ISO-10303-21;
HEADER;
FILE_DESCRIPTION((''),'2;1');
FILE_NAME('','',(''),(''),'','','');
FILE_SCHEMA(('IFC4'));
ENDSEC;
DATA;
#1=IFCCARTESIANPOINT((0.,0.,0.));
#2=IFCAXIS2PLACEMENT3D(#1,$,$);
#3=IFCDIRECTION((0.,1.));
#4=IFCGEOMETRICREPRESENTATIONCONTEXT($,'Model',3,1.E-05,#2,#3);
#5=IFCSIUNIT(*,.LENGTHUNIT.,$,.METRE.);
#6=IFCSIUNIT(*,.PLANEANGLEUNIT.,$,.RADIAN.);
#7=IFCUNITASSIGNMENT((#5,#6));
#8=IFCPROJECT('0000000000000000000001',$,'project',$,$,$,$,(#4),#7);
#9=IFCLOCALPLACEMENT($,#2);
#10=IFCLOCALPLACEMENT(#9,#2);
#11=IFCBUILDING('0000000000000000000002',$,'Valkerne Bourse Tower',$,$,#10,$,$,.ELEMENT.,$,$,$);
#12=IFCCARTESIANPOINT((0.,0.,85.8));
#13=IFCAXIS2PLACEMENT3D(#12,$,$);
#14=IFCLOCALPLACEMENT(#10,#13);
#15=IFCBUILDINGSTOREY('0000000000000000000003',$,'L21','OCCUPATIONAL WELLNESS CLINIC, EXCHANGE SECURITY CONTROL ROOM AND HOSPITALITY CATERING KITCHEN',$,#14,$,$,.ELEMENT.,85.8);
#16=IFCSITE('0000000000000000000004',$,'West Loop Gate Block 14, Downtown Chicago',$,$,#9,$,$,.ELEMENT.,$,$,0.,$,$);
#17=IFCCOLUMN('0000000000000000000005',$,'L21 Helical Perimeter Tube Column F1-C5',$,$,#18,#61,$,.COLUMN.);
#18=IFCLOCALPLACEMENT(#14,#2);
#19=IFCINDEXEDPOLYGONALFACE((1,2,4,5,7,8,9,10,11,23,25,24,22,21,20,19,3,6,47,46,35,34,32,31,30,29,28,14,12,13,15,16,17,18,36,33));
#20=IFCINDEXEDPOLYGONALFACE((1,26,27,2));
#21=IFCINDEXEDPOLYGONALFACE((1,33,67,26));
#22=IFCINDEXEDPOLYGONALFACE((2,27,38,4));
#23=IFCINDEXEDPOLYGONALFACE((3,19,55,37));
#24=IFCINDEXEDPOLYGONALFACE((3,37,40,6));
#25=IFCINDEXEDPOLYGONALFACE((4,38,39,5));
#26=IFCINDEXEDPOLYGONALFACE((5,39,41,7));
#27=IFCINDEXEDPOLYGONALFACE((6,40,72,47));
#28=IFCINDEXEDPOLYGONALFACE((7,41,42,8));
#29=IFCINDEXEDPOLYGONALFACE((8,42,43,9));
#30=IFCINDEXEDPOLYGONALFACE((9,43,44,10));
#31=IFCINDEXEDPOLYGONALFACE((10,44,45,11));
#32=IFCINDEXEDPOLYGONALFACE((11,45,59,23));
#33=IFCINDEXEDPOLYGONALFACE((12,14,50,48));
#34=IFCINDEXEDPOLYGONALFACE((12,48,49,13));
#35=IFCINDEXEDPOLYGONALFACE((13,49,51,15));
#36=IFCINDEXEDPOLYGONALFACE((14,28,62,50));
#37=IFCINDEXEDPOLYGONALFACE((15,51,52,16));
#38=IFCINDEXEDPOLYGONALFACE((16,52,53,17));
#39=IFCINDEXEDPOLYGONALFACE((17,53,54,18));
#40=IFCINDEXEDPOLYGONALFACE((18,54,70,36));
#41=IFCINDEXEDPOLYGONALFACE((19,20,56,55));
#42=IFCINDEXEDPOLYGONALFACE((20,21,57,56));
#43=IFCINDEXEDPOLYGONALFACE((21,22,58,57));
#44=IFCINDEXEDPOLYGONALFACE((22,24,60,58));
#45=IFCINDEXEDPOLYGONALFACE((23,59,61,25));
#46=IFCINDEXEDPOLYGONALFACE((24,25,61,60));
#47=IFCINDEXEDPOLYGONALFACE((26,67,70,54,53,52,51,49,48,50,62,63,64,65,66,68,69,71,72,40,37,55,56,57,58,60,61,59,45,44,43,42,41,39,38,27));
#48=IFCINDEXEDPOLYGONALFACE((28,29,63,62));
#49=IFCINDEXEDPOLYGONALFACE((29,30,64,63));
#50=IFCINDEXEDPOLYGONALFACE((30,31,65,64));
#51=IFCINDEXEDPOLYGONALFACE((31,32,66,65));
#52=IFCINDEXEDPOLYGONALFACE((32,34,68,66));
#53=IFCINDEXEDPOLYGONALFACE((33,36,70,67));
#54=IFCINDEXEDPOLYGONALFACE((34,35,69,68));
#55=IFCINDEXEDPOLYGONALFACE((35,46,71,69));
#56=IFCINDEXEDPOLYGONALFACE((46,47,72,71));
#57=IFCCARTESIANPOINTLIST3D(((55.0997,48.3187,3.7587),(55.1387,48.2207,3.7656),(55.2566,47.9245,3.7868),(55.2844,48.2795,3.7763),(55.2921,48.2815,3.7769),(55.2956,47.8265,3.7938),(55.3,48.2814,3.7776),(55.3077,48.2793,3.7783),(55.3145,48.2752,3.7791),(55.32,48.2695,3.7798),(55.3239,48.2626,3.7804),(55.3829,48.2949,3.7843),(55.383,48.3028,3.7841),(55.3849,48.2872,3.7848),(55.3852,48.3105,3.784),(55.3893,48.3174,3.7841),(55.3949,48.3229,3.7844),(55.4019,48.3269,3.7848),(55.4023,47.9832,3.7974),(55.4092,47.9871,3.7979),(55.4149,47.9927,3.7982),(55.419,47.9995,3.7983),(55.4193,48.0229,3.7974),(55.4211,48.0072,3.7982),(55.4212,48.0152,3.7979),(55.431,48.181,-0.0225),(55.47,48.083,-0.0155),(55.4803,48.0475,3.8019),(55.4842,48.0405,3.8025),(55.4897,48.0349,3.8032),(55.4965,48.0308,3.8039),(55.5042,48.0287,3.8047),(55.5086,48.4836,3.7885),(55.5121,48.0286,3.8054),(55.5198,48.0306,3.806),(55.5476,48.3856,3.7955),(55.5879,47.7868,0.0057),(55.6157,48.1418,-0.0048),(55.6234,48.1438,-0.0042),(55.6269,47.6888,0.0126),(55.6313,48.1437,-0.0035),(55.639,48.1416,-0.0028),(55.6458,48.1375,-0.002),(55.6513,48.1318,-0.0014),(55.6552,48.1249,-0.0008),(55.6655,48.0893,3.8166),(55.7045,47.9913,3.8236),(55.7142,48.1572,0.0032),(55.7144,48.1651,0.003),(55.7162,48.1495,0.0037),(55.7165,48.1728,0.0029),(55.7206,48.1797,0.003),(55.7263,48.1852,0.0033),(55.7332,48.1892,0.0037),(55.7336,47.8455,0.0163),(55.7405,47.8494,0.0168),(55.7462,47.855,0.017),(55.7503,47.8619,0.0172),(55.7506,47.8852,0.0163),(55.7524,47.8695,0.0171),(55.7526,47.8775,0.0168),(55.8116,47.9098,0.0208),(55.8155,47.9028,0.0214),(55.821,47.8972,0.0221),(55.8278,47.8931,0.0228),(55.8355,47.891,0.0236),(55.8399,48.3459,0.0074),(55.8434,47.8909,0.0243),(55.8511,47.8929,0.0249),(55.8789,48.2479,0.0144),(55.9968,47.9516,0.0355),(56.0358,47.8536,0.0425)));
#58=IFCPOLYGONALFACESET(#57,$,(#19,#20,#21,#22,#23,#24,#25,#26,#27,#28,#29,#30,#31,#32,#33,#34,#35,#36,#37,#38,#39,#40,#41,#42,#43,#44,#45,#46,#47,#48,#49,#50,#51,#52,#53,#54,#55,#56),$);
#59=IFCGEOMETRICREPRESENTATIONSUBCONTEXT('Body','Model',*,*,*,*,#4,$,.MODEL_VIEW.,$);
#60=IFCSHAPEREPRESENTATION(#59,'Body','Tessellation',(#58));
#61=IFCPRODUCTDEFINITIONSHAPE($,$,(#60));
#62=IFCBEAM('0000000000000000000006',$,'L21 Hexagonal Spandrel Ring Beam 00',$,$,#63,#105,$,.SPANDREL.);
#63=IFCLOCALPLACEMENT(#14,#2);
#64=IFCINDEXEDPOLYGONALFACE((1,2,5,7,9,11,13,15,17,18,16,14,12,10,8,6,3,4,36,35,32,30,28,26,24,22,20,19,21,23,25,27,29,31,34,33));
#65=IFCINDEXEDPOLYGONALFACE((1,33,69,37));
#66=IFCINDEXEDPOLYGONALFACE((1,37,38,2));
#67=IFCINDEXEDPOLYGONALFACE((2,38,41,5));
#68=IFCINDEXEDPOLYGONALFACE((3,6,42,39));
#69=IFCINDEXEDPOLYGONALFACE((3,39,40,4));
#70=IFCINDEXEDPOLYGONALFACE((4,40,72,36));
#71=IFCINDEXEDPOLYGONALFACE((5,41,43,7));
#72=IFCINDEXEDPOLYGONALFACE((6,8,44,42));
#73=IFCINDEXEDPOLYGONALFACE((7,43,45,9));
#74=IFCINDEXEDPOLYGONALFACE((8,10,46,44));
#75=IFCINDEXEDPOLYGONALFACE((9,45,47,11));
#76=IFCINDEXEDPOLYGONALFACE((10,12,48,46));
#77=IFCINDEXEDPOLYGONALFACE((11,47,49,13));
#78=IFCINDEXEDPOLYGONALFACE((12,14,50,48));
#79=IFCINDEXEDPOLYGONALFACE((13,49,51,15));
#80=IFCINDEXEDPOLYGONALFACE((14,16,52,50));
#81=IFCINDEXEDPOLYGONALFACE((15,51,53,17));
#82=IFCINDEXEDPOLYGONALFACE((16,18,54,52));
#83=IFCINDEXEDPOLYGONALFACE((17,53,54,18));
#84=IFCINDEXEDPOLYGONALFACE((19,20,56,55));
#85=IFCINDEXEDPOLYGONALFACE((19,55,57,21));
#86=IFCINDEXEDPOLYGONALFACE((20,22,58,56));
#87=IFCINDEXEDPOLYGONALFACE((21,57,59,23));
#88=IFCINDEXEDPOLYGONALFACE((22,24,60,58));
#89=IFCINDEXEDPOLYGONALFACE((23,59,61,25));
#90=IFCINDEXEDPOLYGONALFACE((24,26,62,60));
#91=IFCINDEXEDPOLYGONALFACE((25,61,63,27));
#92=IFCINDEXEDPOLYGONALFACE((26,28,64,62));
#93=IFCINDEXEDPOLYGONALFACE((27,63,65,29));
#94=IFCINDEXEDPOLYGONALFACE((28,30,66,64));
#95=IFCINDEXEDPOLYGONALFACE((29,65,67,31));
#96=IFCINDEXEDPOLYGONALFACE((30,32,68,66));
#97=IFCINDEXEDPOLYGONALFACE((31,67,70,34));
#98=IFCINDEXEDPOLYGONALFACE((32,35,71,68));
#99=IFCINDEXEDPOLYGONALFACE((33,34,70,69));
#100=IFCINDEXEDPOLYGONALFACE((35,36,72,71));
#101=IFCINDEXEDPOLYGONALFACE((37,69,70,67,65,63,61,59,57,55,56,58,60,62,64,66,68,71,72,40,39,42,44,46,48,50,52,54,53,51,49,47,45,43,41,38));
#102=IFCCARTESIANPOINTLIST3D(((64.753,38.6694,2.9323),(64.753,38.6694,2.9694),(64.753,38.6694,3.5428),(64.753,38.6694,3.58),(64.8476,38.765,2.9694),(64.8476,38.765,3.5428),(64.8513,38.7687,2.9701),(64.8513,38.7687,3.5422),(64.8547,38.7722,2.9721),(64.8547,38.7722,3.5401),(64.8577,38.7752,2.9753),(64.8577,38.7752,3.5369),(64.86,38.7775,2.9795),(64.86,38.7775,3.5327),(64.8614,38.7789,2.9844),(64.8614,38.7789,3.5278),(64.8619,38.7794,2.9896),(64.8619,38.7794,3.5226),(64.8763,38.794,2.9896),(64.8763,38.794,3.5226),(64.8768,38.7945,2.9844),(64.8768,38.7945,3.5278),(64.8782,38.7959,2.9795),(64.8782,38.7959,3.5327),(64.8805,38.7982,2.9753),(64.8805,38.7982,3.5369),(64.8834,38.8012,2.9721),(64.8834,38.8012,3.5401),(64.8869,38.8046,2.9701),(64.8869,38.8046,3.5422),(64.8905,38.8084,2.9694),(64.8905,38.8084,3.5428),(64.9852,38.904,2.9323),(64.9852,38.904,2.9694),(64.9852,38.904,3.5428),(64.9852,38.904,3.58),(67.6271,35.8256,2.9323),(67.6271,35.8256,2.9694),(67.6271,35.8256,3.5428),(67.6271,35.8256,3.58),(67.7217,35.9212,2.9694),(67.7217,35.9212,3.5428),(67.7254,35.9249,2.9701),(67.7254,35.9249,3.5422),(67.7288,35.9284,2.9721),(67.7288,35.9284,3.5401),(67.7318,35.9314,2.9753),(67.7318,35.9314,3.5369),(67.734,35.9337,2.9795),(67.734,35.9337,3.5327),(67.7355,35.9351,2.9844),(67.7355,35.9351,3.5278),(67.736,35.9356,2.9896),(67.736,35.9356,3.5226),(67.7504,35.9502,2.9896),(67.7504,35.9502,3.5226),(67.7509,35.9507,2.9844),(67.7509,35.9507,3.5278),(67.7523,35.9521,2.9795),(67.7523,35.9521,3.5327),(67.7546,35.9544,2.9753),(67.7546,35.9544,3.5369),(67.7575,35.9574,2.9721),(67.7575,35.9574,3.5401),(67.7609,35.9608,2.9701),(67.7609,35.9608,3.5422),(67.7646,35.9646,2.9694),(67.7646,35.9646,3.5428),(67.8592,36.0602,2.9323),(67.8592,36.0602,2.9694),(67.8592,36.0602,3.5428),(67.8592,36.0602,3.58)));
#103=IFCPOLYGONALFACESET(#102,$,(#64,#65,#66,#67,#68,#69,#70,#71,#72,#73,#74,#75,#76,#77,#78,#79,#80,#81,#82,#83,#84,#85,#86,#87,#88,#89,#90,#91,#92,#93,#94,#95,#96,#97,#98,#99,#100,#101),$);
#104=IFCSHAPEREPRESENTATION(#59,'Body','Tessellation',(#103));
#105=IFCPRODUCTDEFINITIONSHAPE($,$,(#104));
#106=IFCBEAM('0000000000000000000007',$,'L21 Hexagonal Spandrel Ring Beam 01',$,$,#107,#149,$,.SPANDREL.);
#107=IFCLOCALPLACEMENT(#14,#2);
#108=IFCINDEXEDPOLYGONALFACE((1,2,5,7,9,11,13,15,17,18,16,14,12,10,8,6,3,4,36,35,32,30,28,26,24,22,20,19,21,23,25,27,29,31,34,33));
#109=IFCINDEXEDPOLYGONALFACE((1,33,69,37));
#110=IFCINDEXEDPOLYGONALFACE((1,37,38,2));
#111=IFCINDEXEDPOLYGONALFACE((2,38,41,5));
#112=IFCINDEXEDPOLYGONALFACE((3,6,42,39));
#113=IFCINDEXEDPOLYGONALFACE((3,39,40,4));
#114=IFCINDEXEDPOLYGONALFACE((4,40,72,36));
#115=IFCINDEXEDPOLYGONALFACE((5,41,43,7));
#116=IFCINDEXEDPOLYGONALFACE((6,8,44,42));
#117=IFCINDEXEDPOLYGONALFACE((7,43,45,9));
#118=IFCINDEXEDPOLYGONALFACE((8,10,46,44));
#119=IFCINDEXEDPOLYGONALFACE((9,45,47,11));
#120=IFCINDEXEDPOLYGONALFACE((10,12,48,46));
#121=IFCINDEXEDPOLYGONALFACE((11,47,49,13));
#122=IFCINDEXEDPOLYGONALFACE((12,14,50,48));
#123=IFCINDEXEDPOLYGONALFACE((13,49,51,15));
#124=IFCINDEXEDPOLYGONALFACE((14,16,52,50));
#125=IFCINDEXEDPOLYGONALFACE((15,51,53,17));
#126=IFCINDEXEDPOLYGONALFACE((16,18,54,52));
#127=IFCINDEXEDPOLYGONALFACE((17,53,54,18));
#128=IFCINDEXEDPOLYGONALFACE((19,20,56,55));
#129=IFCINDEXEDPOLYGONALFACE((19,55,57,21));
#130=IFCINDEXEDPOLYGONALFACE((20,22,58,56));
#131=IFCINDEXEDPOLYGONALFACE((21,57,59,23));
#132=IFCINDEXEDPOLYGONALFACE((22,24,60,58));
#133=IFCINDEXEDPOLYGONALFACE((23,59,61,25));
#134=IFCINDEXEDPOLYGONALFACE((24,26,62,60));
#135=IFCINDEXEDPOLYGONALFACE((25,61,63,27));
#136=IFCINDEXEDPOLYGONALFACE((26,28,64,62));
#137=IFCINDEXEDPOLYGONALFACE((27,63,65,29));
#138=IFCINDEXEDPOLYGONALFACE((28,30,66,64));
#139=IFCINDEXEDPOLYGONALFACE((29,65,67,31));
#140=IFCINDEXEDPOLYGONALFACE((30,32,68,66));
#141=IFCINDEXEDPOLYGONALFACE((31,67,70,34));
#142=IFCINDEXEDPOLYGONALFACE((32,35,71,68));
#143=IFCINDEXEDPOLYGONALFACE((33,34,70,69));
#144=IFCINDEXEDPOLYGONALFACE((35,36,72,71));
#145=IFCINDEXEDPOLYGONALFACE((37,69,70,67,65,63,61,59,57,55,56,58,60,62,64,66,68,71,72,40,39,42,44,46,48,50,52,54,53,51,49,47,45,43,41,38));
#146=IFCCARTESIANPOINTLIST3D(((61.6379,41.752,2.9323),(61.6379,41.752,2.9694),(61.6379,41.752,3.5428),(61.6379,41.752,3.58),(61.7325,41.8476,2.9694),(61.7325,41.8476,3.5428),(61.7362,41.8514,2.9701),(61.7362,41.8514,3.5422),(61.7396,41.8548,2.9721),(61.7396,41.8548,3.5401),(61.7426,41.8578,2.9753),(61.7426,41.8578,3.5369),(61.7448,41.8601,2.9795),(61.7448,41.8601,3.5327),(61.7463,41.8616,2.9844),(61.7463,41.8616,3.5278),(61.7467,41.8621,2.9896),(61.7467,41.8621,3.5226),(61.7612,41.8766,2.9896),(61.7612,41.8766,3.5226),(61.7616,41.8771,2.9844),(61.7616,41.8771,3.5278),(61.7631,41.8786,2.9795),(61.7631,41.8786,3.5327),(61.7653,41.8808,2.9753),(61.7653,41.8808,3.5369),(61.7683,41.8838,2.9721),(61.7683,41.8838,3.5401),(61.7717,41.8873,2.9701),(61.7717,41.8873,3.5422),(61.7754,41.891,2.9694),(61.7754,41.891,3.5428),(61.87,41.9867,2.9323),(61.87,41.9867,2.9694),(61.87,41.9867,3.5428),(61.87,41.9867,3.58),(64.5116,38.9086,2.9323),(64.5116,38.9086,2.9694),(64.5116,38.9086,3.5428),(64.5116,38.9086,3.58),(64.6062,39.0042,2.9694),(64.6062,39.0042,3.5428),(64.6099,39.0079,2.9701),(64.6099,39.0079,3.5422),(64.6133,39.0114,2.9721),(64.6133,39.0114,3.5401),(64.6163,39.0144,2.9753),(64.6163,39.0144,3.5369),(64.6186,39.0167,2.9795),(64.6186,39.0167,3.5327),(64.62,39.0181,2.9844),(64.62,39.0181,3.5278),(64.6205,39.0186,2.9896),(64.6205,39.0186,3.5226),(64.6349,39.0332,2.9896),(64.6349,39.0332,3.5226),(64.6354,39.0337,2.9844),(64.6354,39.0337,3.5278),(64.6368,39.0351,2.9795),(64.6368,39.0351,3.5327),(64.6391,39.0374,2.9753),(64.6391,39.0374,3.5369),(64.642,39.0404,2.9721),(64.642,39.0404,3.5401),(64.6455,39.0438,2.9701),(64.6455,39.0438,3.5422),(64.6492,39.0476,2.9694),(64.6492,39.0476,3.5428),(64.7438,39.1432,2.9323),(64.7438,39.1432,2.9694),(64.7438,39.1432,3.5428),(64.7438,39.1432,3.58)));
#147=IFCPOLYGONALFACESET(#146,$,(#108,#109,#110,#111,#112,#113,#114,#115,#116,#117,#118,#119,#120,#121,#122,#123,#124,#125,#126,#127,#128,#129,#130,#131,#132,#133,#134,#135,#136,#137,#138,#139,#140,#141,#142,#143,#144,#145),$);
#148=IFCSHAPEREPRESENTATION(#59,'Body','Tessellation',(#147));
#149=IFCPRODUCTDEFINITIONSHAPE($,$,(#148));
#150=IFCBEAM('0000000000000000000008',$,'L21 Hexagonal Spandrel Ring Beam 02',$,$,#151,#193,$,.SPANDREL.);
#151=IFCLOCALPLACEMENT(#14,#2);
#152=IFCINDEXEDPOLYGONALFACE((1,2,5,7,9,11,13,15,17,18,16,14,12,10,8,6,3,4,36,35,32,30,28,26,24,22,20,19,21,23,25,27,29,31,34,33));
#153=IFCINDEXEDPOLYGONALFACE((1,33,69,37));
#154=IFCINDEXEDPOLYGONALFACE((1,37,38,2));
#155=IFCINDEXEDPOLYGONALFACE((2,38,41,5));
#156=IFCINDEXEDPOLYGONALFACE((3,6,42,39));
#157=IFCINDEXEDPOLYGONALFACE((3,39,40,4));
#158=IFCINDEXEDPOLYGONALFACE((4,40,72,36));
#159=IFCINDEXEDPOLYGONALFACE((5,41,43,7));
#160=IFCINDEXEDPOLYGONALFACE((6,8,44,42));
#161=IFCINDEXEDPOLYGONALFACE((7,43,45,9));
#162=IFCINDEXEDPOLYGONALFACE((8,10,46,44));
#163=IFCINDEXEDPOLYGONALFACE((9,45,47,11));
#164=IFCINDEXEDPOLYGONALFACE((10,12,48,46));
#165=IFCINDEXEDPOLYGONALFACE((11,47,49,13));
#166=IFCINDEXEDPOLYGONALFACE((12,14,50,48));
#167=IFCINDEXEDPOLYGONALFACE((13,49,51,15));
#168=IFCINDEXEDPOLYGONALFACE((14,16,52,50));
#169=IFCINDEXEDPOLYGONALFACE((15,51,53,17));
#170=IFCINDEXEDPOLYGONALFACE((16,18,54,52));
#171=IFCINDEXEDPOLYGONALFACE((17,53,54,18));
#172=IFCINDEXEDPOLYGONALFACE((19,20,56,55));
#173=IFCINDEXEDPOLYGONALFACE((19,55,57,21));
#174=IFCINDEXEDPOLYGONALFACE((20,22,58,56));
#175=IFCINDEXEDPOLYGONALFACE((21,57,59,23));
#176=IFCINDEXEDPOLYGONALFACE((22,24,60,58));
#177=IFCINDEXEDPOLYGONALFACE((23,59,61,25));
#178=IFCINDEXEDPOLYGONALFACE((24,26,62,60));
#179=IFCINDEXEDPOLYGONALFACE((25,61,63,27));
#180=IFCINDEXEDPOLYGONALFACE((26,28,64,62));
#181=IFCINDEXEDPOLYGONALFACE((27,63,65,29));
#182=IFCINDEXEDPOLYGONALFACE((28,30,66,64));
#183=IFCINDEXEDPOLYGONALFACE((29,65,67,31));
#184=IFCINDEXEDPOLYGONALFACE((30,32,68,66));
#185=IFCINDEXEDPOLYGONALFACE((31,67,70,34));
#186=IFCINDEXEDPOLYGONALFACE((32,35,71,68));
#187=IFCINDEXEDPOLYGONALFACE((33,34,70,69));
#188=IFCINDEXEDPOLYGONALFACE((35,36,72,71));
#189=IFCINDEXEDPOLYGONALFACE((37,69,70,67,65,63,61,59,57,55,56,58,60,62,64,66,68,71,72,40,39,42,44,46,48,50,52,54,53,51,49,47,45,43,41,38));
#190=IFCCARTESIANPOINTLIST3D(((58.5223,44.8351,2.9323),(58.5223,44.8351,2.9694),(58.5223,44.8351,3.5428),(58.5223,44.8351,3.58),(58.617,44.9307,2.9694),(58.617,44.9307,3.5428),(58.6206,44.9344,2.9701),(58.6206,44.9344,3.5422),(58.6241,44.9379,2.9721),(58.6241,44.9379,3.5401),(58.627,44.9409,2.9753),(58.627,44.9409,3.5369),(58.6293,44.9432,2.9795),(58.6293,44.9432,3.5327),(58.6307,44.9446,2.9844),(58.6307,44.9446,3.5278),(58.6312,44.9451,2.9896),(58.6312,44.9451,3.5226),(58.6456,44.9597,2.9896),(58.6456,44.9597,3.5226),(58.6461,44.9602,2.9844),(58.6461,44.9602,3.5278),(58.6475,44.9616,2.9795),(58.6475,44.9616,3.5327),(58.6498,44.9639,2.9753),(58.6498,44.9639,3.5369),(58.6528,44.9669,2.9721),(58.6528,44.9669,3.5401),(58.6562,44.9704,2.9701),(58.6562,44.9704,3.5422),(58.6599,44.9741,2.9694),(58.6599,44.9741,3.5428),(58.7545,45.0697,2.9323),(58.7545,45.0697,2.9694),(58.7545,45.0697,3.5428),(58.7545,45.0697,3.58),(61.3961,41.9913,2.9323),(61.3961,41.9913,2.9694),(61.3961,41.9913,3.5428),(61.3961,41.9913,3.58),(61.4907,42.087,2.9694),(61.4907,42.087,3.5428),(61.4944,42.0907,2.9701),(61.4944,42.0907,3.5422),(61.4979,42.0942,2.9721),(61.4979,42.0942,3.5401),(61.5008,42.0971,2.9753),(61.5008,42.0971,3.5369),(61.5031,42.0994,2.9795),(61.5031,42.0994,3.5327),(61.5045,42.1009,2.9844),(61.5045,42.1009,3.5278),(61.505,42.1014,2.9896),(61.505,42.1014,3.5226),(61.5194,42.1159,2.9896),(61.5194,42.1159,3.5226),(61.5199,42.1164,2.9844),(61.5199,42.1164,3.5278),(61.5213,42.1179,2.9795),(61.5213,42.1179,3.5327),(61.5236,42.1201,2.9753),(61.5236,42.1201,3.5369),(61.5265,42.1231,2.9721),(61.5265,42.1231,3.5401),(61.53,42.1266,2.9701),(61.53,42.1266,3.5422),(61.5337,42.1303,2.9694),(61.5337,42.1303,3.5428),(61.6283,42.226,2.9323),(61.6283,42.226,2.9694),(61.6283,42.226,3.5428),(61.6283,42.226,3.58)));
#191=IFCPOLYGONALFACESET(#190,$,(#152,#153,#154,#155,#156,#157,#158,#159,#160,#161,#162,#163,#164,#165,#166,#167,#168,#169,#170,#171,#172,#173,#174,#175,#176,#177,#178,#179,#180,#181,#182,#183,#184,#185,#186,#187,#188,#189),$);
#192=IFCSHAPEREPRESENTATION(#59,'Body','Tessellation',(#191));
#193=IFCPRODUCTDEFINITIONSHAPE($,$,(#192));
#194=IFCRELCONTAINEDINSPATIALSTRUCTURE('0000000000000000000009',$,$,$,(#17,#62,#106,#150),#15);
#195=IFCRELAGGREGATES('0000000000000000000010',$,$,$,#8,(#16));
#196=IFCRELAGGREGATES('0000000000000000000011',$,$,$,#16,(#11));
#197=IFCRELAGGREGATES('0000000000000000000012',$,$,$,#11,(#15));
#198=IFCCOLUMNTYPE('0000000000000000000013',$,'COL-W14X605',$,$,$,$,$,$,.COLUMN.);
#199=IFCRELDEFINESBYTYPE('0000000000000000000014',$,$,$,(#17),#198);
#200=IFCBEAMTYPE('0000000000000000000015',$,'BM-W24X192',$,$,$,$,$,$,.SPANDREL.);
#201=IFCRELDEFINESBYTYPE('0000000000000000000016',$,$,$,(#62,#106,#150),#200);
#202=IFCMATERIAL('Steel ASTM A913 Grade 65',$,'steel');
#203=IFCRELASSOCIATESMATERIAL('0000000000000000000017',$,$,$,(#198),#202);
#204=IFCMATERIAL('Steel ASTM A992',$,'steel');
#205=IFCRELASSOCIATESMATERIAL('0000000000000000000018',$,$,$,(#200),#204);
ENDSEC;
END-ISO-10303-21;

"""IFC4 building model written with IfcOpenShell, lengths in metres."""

from ifc_helpers import new_model, si_unit, direction, frame, origin, origin_2d, place, context, subcontext, project, spatial, i_section, extrude, material, material_profile, profile_set, type_object, element, save


model = new_model("IFC4")

# Units and contexts
model_context = context("Model", 3, precision=1e-05, world=origin(), true_north=direction((0.0, 1.0)))
body_context = subcontext(model_context, "Body", "Model", "MODEL_VIEW")
ifc_project = project(units=[si_unit("LENGTHUNIT", "METRE"), si_unit("PLANEANGLEUNIT", "RADIAN")], contexts=[model_context])

# Site, building, storey
site_placement = place(None, origin())
site = spatial("IfcSite", under=ifc_project, at=site_placement, Name="West Loop Gate Block 14, Downtown Chicago", CompositionType="ELEMENT", RefElevation=0.0)
building_placement = place(site_placement, origin())
building = spatial("IfcBuilding", under=site, at=building_placement, Name="Valkerne Bourse Tower", CompositionType="ELEMENT")
storey_placement = place(building_placement, frame((0.0, 0.0, 85.8)))
storey = spatial("IfcBuildingStorey", under=building, at=storey_placement, Name="L21", Description="OCCUPATIONAL WELLNESS CLINIC, EXCHANGE SECURITY CONTROL ROOM AND HOSPITALITY CATERING KITCHEN", CompositionType="ELEMENT", Elevation=85.8)

# Column
ifc_material_1 = material(Name="Steel ASTM A913 Grade 65", Category="steel")
ifc_material_profile_1 = material_profile(ifc_material_1, i_section(OverallWidth=0.4419, OverallDepth=0.531, WebThickness=0.0659, FlangeThickness=0.1057, FilletRadius=0.0305, at=origin_2d()), Name="W14X605")
ifc_profile_set_1 = profile_set([ifc_material_profile_1], Name="Steel ASTM A913 Grade 65")
column_type = type_object("IfcColumnType", Name="COL-W14X605", PredefinedType="COLUMN", material=ifc_profile_set_1)
column_1_placement = place(storey_placement, frame((55.7334, 48.0173, 0.01), z_axis=(-0.08723, 0.036255, 0.995528), x_axis=(0.925334, 0.373098, 0.067492)))
element("IfcColumn", 1, at=column_1_placement, inside=storey, type_object=column_type, Name="L21 Helical Perimeter Tube Column F1-C5", PredefinedType="COLUMN", context=body_context, shape_type="SweptSolid", body=[
    extrude(i_section(OverallWidth=0.4419, OverallDepth=0.531, WebThickness=0.0659, FlangeThickness=0.1057, FilletRadius=0.0305, at=origin_2d()), origin(), (0.0, 0.0, 1.0), 3.7981),
])

# Beams
ifc_material_2 = material(Name="Steel ASTM A992", Category="steel")
ifc_material_profile_2 = material_profile(ifc_material_2, i_section(OverallWidth=0.3301, OverallDepth=0.6477, WebThickness=0.0205, FlangeThickness=0.0371, FilletRadius=0.0203, at=origin_2d()), Name="W24X192")
ifc_profile_set_2 = profile_set([ifc_material_profile_2], Name="Steel ASTM A992")
beam_type = type_object("IfcBeamType", Name="BM-W24X192", PredefinedType="SPANDREL", material=ifc_profile_set_2)
beam_1_placement = place(storey_placement, frame((67.7432, 35.9429, 3.2561), z_axis=(-0.710841, 0.703353, 0.0), x_axis=(-0.703353, -0.710841, 0.0)))
element("IfcBeam", 2, at=beam_1_placement, inside=storey, type_object=beam_type, Name="L21 Hexagonal Spandrel Ring Beam 00", PredefinedType="SPANDREL", context=body_context, shape_type="SweptSolid", body=[
    extrude(i_section(OverallWidth=0.3301, OverallDepth=0.6477, WebThickness=0.0205, FlangeThickness=0.0371, FilletRadius=0.0203, at=origin_2d()), origin(), (0.0, 0.0, 1.0), 4.0432),
])
beam_2_placement = place(storey_placement, frame((64.6277, 39.0259, 3.2561), z_axis=(-0.710841, 0.703353, 0.0), x_axis=(-0.703353, -0.710841, 0.0)))
element("IfcBeam", 3, at=beam_2_placement, inside=storey, type_object=beam_type, Name="L21 Hexagonal Spandrel Ring Beam 01", PredefinedType="SPANDREL", context=body_context, shape_type="SweptSolid", body=[
    extrude(i_section(OverallWidth=0.3301, OverallDepth=0.6477, WebThickness=0.0205, FlangeThickness=0.0371, FilletRadius=0.0203, at=origin_2d()), origin(), (0.0, 0.0, 1.0), 4.0427),
])
for number, where, z_axis, x_axis, name in (
    (4, (61.5122, 42.1086, 3.2561), (-0.710811, 0.703383, 0.0), (-0.703383, -0.710811, 0.0), "L21 Hexagonal Spandrel Ring Beam 02"),
):
    element("IfcBeam", number, at=place(storey_placement, frame(where, z_axis=z_axis, x_axis=x_axis)), inside=storey, type_object=beam_type, Name=name, PredefinedType="SPANDREL", context=body_context, shape_type="SweptSolid", body=[
        extrude(i_section(OverallWidth=0.3301, OverallDepth=0.6477, WebThickness=0.0205, FlangeThickness=0.0371, FilletRadius=0.0203, at=origin_2d()), origin(), (0.0, 0.0, 1.0), 4.043),
    ])

save(model, "model.ifc")
